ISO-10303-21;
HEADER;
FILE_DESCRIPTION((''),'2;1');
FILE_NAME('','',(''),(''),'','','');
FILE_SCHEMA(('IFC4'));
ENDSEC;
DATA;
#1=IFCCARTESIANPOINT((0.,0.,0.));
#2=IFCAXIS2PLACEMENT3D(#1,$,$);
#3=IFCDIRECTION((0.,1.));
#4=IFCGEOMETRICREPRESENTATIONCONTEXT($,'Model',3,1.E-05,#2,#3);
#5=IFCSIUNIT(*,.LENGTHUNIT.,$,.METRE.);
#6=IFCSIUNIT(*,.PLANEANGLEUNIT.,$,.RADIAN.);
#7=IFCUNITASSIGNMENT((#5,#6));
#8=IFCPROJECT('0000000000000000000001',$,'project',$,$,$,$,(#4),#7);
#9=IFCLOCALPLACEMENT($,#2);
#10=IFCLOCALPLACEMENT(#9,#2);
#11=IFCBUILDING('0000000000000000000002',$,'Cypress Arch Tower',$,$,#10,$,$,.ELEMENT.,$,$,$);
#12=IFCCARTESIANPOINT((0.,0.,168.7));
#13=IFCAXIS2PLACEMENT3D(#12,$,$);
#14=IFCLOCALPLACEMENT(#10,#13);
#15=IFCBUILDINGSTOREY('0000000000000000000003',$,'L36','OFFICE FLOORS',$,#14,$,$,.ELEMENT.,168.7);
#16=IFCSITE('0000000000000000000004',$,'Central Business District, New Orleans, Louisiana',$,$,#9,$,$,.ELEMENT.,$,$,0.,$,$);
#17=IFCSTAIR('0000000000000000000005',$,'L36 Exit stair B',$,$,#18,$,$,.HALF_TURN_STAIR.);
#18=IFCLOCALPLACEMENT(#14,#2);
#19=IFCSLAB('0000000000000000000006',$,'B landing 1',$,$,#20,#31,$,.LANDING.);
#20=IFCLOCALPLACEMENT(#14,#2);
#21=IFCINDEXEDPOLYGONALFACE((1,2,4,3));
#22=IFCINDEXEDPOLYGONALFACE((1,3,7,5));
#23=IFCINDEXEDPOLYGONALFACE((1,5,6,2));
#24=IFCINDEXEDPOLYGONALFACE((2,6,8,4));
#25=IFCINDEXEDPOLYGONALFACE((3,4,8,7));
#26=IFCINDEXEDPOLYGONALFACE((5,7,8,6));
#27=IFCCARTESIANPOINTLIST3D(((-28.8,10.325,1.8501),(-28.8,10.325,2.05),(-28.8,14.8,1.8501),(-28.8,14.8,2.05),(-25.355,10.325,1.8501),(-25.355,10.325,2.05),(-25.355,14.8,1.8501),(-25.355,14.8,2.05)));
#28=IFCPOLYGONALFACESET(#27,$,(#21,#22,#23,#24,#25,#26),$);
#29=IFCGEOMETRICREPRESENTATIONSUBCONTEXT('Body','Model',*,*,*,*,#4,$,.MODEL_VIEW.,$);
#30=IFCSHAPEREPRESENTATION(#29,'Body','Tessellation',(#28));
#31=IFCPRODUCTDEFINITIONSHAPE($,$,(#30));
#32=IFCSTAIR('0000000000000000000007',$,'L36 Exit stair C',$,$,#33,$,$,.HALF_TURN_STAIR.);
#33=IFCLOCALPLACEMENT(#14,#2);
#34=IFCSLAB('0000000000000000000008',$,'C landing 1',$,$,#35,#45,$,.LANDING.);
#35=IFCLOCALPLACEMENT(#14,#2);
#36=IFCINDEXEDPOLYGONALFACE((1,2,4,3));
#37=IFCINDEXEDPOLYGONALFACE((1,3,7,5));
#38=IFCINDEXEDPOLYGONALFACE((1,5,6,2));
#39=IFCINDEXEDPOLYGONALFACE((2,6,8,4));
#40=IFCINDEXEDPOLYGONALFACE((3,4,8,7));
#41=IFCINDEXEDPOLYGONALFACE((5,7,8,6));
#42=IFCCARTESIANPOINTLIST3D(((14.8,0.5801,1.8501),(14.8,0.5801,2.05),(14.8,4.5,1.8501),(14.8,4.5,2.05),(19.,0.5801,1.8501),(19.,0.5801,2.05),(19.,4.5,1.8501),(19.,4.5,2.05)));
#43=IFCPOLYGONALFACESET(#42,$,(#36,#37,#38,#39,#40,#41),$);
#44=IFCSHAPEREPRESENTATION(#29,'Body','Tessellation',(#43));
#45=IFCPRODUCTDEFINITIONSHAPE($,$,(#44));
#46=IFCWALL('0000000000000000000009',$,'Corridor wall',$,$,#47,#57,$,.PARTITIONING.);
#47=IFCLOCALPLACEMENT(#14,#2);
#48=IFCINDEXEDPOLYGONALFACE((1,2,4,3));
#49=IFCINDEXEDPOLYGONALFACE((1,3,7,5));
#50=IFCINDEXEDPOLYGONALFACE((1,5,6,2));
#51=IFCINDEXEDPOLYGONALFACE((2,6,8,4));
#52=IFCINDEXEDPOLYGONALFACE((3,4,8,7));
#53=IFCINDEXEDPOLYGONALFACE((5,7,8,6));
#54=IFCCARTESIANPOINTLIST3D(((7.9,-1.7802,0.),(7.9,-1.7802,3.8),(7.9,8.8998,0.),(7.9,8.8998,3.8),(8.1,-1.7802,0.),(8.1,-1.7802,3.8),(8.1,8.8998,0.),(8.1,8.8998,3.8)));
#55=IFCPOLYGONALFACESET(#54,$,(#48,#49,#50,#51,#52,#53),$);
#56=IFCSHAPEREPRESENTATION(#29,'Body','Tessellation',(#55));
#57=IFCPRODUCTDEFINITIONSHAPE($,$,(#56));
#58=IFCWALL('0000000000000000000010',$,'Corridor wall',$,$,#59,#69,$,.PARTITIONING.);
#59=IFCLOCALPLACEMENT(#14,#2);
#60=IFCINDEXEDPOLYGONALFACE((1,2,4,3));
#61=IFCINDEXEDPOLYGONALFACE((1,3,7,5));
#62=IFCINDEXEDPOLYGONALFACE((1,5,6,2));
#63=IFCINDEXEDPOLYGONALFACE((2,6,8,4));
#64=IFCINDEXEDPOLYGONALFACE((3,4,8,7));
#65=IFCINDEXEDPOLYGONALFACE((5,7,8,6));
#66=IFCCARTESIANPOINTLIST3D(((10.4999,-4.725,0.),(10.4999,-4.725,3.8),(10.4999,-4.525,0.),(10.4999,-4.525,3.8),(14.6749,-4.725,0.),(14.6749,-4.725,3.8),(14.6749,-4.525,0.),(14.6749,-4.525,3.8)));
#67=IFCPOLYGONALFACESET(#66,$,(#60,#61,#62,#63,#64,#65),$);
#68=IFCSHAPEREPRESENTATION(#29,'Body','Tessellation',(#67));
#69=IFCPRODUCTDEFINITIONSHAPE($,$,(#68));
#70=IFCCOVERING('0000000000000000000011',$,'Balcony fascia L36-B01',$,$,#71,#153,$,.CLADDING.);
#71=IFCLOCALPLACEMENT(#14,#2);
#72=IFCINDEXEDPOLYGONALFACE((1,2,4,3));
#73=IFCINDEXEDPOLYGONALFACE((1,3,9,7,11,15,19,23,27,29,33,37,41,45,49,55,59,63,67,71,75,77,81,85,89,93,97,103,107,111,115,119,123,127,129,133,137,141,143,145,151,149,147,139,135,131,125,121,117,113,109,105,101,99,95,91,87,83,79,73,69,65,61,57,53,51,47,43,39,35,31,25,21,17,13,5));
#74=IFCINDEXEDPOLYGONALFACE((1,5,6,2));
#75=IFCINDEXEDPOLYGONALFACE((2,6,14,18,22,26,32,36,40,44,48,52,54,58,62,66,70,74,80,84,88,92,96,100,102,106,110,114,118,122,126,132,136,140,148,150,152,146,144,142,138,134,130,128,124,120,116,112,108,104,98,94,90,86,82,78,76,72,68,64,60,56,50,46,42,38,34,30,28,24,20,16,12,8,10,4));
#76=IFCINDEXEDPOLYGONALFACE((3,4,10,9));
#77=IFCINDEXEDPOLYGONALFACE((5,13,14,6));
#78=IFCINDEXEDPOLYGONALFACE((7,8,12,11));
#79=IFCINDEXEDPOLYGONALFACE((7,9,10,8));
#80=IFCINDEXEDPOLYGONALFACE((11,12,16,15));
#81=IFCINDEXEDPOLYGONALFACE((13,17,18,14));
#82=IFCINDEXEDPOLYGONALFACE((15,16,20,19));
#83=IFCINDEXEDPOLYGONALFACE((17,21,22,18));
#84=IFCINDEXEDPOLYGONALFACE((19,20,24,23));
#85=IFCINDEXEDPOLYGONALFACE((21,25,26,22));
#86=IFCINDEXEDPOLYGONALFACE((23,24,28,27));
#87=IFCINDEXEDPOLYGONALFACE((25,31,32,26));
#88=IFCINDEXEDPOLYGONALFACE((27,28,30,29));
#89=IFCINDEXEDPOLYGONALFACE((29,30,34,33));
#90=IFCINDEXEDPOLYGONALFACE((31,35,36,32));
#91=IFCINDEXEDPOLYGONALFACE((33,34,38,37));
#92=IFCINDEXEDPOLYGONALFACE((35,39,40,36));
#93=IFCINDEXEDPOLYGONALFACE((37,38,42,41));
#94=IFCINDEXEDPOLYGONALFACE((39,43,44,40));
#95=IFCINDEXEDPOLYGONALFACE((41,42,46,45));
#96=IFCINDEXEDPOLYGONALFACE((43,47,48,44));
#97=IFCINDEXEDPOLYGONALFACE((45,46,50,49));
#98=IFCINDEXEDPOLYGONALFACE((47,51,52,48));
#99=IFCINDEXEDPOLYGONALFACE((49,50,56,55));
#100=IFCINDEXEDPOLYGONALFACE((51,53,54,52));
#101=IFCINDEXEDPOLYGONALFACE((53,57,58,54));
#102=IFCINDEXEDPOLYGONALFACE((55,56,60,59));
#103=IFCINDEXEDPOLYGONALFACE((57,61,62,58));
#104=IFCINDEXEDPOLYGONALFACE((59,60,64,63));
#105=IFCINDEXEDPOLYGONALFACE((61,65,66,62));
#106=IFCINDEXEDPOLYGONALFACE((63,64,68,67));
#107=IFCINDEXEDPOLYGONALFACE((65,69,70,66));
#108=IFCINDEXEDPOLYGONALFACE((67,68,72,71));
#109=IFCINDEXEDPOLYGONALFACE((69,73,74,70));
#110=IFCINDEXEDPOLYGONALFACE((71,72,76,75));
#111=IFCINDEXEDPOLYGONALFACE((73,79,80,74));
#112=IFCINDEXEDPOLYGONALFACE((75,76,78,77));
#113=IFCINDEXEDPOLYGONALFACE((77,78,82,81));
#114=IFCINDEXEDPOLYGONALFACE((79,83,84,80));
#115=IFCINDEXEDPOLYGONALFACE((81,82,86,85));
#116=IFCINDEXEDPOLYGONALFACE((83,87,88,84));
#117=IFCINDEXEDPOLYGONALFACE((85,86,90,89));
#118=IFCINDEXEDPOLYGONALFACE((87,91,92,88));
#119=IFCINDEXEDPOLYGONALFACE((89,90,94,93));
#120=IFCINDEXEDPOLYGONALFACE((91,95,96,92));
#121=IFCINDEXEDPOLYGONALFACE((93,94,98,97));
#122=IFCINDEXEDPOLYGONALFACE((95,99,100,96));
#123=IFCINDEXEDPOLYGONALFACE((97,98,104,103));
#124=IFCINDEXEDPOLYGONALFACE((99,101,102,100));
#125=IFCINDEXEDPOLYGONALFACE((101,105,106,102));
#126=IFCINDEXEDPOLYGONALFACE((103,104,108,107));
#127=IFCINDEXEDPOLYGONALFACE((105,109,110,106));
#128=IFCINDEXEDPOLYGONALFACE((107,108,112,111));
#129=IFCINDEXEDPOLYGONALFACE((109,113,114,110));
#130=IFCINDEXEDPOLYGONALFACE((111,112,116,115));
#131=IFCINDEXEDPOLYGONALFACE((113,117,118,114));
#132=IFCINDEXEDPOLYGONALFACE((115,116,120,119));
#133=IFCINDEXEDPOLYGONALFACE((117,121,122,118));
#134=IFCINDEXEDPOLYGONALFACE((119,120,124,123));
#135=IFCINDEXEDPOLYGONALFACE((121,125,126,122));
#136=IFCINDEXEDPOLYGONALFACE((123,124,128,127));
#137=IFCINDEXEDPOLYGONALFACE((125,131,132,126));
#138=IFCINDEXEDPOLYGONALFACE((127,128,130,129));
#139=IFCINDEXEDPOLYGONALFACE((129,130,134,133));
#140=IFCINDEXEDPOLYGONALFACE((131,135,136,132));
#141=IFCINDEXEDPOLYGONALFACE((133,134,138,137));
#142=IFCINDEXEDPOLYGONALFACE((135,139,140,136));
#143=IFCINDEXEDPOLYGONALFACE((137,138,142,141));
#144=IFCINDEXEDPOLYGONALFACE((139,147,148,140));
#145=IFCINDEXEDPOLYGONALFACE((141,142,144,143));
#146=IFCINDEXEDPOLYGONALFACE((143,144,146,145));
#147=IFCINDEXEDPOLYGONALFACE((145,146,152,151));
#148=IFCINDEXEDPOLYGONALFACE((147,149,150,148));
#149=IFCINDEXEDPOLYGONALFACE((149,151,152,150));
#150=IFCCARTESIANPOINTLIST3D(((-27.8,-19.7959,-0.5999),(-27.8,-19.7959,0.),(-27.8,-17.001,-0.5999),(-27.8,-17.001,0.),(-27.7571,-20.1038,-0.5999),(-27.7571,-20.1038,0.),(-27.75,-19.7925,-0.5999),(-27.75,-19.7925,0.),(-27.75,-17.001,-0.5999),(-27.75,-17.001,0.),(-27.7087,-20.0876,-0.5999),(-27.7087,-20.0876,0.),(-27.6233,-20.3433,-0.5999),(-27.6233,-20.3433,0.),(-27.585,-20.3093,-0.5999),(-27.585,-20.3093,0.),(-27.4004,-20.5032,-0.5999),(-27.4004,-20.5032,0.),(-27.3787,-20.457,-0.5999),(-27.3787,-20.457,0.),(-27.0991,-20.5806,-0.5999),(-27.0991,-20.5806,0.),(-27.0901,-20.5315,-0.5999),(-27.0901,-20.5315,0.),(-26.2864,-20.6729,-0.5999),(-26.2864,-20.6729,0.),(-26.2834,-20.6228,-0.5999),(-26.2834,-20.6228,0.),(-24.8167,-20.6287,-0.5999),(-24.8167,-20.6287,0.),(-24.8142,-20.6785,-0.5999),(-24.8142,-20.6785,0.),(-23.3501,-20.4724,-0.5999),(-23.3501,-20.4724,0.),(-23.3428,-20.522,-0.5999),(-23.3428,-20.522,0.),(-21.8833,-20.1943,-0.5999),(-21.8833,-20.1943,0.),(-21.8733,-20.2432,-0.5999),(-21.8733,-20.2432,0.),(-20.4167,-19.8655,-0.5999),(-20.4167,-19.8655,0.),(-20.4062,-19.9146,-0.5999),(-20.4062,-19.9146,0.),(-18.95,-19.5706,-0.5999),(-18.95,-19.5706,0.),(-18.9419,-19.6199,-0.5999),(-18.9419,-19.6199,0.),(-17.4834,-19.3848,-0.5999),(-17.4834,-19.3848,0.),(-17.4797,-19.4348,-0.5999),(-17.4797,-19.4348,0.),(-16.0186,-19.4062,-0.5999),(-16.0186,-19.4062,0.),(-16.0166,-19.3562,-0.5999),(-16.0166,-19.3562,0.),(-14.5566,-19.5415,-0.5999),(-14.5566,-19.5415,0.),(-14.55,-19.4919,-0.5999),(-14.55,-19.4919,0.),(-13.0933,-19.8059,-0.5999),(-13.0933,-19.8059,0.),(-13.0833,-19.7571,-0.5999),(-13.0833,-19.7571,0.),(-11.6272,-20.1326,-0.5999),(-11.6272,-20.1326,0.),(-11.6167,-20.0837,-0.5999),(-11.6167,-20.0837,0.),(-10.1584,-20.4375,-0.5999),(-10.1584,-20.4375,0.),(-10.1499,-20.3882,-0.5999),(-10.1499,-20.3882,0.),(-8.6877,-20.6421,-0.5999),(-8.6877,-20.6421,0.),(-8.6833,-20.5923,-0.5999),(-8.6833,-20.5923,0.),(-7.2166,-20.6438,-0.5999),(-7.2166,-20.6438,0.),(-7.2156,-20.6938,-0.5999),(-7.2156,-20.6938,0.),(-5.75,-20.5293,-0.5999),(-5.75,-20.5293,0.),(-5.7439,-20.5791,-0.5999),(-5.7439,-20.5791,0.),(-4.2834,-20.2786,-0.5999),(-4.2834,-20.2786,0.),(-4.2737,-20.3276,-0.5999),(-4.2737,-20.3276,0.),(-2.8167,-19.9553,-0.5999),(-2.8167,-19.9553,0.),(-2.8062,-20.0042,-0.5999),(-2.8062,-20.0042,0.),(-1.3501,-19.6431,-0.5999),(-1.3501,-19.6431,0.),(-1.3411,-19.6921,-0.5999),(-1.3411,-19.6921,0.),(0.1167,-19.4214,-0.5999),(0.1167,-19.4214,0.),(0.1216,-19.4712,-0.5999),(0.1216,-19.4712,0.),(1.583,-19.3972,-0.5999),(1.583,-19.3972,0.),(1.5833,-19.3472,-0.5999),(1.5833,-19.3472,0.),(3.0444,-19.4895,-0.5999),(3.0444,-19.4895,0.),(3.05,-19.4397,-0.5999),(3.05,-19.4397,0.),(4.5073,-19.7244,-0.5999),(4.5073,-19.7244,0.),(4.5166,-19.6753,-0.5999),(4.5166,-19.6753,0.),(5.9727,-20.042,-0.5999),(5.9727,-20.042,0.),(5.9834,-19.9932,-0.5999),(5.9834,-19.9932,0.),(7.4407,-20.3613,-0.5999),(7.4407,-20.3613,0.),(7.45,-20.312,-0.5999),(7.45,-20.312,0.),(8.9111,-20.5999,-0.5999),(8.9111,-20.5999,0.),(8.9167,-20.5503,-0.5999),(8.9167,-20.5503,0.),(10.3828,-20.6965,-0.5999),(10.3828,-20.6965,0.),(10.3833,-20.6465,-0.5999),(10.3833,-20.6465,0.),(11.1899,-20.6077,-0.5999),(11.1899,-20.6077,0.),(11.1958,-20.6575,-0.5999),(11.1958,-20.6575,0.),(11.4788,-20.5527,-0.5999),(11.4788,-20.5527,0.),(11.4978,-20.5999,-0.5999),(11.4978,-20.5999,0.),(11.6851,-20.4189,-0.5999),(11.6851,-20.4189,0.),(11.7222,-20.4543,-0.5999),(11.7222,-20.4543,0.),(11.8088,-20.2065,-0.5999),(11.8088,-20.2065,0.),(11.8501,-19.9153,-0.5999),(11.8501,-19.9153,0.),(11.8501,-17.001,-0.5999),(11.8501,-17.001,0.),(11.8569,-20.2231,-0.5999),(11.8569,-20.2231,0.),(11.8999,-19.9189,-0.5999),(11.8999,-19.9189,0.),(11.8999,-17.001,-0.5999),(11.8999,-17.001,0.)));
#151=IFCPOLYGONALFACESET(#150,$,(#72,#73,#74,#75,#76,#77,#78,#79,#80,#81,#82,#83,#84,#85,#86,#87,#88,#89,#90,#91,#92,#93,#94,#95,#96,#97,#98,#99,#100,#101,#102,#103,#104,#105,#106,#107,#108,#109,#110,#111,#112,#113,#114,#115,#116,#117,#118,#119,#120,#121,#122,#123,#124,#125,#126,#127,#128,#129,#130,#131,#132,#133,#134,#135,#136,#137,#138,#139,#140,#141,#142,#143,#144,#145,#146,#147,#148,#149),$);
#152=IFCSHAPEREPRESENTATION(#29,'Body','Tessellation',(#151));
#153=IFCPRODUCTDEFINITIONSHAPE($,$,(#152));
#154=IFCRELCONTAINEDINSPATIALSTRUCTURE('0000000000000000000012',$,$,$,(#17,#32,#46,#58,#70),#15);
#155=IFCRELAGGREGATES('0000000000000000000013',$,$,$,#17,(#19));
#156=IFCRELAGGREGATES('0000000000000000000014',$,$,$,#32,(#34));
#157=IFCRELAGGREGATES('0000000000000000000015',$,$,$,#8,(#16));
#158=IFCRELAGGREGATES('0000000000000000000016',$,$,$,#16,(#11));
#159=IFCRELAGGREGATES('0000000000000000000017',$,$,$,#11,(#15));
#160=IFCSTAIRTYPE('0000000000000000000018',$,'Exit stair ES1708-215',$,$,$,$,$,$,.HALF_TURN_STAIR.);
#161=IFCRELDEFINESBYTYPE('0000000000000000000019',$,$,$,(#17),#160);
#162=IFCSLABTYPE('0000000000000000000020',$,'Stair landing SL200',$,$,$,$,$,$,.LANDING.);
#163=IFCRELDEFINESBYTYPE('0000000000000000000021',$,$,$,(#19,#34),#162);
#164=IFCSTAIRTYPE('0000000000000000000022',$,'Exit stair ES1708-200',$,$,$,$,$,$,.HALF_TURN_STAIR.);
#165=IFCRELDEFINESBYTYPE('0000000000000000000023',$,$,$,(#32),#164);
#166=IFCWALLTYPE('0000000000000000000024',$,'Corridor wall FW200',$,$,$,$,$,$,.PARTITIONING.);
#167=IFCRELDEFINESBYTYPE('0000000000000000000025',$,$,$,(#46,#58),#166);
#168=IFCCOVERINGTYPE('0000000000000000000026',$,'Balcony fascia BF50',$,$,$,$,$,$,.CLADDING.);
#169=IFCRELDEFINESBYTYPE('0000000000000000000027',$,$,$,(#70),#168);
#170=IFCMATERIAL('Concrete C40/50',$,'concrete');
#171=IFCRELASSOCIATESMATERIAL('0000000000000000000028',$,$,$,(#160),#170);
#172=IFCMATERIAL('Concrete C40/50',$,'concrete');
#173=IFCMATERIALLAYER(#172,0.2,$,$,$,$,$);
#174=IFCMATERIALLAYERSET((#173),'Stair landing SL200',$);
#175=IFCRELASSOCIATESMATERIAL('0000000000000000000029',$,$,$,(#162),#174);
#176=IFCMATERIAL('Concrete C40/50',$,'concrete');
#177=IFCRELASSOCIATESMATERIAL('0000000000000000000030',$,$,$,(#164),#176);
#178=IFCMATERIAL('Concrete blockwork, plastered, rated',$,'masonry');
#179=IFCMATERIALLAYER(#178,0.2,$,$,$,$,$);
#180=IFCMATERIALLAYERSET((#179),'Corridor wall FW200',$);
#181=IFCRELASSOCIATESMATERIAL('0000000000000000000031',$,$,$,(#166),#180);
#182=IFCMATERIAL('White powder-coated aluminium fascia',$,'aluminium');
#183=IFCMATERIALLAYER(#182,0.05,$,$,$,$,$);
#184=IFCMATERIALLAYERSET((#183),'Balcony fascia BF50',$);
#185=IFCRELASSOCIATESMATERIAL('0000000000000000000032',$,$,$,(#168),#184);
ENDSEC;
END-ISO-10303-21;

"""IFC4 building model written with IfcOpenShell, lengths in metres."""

from ifc_helpers import new_model, si_unit, direction, frame, frame_2d, origin, place, context, subcontext, project, spatial, polyline, rectangle, outline, extrude, material, layer, layer_set, type_object, element, aggregate, save


model = new_model("IFC4")

# Units and contexts
model_context = context("Model", 3, precision=1e-05, world=origin(), true_north=direction((0.0, 1.0)))
body_context = subcontext(model_context, "Body", "Model", "MODEL_VIEW")
ifc_project = project(units=[si_unit("LENGTHUNIT", "METRE"), si_unit("PLANEANGLEUNIT", "RADIAN")], contexts=[model_context])

# Site, building, storey
site_placement = place(None, origin())
site = spatial("IfcSite", under=ifc_project, at=site_placement, Name="Central Business District, New Orleans, Louisiana", CompositionType="ELEMENT", RefElevation=0.0)
building_placement = place(site_placement, origin())
building = spatial("IfcBuilding", under=site, at=building_placement, Name="Cypress Arch Tower", CompositionType="ELEMENT")
storey_placement = place(building_placement, frame((0.0, 0.0, 168.7)))
storey = spatial("IfcBuildingStorey", under=building, at=storey_placement, Name="L36", Description="OFFICE FLOORS", CompositionType="ELEMENT", Elevation=168.7)

# Stairs, slabs
ifc_material_1 = material(Name="Concrete C40/50", Category="concrete")
stair_type_1 = type_object("IfcStairType", Name="Exit stair ES1708-215", PredefinedType="HALF_TURN_STAIR", material=ifc_material_1)
ifc_material_2 = material(Name="Concrete C40/50", Category="concrete")
ifc_layer_1 = layer(ifc_material_2, 0.2)
ifc_layer_set_1 = layer_set([ifc_layer_1], Name="Stair landing SL200")
slab_type_1 = type_object("IfcSlabType", Name="Stair landing SL200", PredefinedType="LANDING", material=ifc_layer_set_1)
stair_1_placement = place(storey_placement, origin())
stair_1 = element("IfcStair", 1, at=stair_1_placement, inside=storey, type_object=stair_type_1, Name="L36 Exit stair B", PredefinedType="HALF_TURN_STAIR")
slab_1_placement = place(storey_placement, frame((0.0, 0.0, 1.8501)))
slab_1 = element("IfcSlab", 2, at=slab_1_placement, type_object=slab_type_1, Name="B landing 1", PredefinedType="LANDING", context=body_context, shape_type="SweptSolid", body=[
    extrude(outline(polyline([(-25.355, 14.8), (-28.8, 14.8), (-28.8, 10.325), (-25.355, 10.325), (-25.355, 14.8)])), origin(), (0.0, 0.0, 1.0), 0.2),
])
aggregate(stair_1, [slab_1])
ifc_material_3 = material(Name="Concrete C40/50", Category="concrete")
stair_type_2 = type_object("IfcStairType", Name="Exit stair ES1708-200", PredefinedType="HALF_TURN_STAIR", material=ifc_material_3)
stair_2_placement = place(storey_placement, origin())
stair_2 = element("IfcStair", 3, at=stair_2_placement, inside=storey, type_object=stair_type_2, Name="L36 Exit stair C", PredefinedType="HALF_TURN_STAIR")
slab_2_placement = place(storey_placement, frame((0.0, 0.0, 1.8501)))
slab_2 = element("IfcSlab", 4, at=slab_2_placement, type_object=slab_type_1, Name="C landing 1", PredefinedType="LANDING", context=body_context, shape_type="SweptSolid", body=[
    extrude(outline(polyline([(19.0, 0.5801), (19.0, 4.5), (14.8, 4.5), (14.8, 0.5801), (19.0, 0.5801)])), origin(), (0.0, 0.0, 1.0), 0.2),
])
aggregate(stair_2, [slab_2])

# Walls
ifc_material_4 = material(Name="Concrete blockwork, plastered, rated", Category="masonry")
ifc_layer_2 = layer(ifc_material_4, 0.2)
ifc_layer_set_2 = layer_set([ifc_layer_2], Name="Corridor wall FW200")
wall_type = type_object("IfcWallType", Name="Corridor wall FW200", PredefinedType="PARTITIONING", material=ifc_layer_set_2)
wall_1_placement = place(storey_placement, frame((8.0, -1.78, 0.0), z_axis=(0.0, 0.0, 1.0), x_axis=(0.0, 1.0, 0.0)))
element("IfcWall", 5, at=wall_1_placement, inside=storey, type_object=wall_type, Name="Corridor wall", PredefinedType="PARTITIONING", context=body_context, shape_type="SweptSolid", body=[
    extrude(rectangle(XDim=10.6799, YDim=0.2, at=frame_2d((5.3398, 0.0))), origin(), (0.0, 0.0, 1.0), 3.8),
])
wall_2_placement = place(storey_placement, frame((10.5, -4.625, 0.0), z_axis=(0.0, 0.0, 1.0), x_axis=(1.0, 0.0, 0.0)))
element("IfcWall", 6, at=wall_2_placement, inside=storey, type_object=wall_type, Name="Corridor wall", PredefinedType="PARTITIONING", context=body_context, shape_type="SweptSolid", body=[
    extrude(rectangle(XDim=4.175, YDim=0.2, at=frame_2d((2.0874, 0.0))), origin(), (0.0, 0.0, 1.0), 3.8),
])

# Covering
ifc_material_5 = material(Name="White powder-coated aluminium fascia", Category="aluminium")
ifc_layer_3 = layer(ifc_material_5, 0.05)
ifc_layer_set_3 = layer_set([ifc_layer_3], Name="Balcony fascia BF50")
covering_type_1 = type_object("IfcCoveringType", Name="Balcony fascia BF50", PredefinedType="CLADDING", material=ifc_layer_set_3)
covering_1_placement = place(storey_placement, frame((0.0, 0.0, -0.5999)))
element("IfcCovering", 7, at=covering_1_placement, inside=storey, type_object=covering_type_1, Name="Balcony fascia L36-B01", PredefinedType="CLADDING", context=body_context, shape_type="SweptSolid", body=[
    extrude(outline(polyline([(11.8999, -19.9189), (11.8569, -20.2231), (11.7222, -20.4543), (11.4978, -20.5999), (11.1958, -20.6575), (10.3828, -20.6965), (8.9111, -20.5999), (7.4407, -20.3613), (5.9727, -20.042), (4.5073, -19.7244), (3.0444, -19.4895), (1.583, -19.3972), (0.1216, -19.4712), (-1.3411, -19.6921), (-2.8062, -20.0042), (-4.2737, -20.3276), (-5.7439, -20.5791), (-7.2156, -20.6938), (-8.6877, -20.6421), (-10.1584, -20.4375), (-11.6272, -20.1326), (-13.0933, -19.8059), (-14.5566, -19.5415), (-16.0186, -19.4062), (-17.4797, -19.4348), (-18.9419, -19.6199), (-20.4062, -19.9146), (-21.8733, -20.2432), (-23.3428, -20.522), (-24.8142, -20.6785), (-26.2864, -20.6729), (-27.0991, -20.5806), (-27.4004, -20.5032), (-27.6233, -20.3433), (-27.7571, -20.1038), (-27.8, -19.7959), (-27.8, -17.001), (-27.75, -17.001), (-27.75, -19.7925), (-27.7087, -20.0876), (-27.585, -20.3093), (-27.3787, -20.457), (-27.0901, -20.5315), (-26.2834, -20.6228), (-24.8167, -20.6287), (-23.3501, -20.4724), (-21.8833, -20.1943), (-20.4167, -19.8655), (-18.95, -19.5706), (-17.4834, -19.3848), (-16.0166, -19.3562), (-14.55, -19.4919), (-13.0833, -19.7571), (-11.6167, -20.0837), (-10.1499, -20.3882), (-8.6833, -20.5923), (-7.2166, -20.6438), (-5.75, -20.5293), (-4.2834, -20.2786), (-2.8167, -19.9553), (-1.3501, -19.6431), (0.1167, -19.4214), (1.5833, -19.3472), (3.05, -19.4397), (4.5166, -19.6753), (5.9834, -19.9932), (7.45, -20.312), (8.9167, -20.5503), (10.3833, -20.6465), (11.1899, -20.6077), (11.4788, -20.5527), (11.6851, -20.4189), (11.8088, -20.2065), (11.8501, -19.9153), (11.8501, -17.001), (11.8999, -17.001), (11.8999, -19.9189)])), origin(), (0.0, 0.0, 1.0), 0.5999),
])

save(model, "model.ifc")
